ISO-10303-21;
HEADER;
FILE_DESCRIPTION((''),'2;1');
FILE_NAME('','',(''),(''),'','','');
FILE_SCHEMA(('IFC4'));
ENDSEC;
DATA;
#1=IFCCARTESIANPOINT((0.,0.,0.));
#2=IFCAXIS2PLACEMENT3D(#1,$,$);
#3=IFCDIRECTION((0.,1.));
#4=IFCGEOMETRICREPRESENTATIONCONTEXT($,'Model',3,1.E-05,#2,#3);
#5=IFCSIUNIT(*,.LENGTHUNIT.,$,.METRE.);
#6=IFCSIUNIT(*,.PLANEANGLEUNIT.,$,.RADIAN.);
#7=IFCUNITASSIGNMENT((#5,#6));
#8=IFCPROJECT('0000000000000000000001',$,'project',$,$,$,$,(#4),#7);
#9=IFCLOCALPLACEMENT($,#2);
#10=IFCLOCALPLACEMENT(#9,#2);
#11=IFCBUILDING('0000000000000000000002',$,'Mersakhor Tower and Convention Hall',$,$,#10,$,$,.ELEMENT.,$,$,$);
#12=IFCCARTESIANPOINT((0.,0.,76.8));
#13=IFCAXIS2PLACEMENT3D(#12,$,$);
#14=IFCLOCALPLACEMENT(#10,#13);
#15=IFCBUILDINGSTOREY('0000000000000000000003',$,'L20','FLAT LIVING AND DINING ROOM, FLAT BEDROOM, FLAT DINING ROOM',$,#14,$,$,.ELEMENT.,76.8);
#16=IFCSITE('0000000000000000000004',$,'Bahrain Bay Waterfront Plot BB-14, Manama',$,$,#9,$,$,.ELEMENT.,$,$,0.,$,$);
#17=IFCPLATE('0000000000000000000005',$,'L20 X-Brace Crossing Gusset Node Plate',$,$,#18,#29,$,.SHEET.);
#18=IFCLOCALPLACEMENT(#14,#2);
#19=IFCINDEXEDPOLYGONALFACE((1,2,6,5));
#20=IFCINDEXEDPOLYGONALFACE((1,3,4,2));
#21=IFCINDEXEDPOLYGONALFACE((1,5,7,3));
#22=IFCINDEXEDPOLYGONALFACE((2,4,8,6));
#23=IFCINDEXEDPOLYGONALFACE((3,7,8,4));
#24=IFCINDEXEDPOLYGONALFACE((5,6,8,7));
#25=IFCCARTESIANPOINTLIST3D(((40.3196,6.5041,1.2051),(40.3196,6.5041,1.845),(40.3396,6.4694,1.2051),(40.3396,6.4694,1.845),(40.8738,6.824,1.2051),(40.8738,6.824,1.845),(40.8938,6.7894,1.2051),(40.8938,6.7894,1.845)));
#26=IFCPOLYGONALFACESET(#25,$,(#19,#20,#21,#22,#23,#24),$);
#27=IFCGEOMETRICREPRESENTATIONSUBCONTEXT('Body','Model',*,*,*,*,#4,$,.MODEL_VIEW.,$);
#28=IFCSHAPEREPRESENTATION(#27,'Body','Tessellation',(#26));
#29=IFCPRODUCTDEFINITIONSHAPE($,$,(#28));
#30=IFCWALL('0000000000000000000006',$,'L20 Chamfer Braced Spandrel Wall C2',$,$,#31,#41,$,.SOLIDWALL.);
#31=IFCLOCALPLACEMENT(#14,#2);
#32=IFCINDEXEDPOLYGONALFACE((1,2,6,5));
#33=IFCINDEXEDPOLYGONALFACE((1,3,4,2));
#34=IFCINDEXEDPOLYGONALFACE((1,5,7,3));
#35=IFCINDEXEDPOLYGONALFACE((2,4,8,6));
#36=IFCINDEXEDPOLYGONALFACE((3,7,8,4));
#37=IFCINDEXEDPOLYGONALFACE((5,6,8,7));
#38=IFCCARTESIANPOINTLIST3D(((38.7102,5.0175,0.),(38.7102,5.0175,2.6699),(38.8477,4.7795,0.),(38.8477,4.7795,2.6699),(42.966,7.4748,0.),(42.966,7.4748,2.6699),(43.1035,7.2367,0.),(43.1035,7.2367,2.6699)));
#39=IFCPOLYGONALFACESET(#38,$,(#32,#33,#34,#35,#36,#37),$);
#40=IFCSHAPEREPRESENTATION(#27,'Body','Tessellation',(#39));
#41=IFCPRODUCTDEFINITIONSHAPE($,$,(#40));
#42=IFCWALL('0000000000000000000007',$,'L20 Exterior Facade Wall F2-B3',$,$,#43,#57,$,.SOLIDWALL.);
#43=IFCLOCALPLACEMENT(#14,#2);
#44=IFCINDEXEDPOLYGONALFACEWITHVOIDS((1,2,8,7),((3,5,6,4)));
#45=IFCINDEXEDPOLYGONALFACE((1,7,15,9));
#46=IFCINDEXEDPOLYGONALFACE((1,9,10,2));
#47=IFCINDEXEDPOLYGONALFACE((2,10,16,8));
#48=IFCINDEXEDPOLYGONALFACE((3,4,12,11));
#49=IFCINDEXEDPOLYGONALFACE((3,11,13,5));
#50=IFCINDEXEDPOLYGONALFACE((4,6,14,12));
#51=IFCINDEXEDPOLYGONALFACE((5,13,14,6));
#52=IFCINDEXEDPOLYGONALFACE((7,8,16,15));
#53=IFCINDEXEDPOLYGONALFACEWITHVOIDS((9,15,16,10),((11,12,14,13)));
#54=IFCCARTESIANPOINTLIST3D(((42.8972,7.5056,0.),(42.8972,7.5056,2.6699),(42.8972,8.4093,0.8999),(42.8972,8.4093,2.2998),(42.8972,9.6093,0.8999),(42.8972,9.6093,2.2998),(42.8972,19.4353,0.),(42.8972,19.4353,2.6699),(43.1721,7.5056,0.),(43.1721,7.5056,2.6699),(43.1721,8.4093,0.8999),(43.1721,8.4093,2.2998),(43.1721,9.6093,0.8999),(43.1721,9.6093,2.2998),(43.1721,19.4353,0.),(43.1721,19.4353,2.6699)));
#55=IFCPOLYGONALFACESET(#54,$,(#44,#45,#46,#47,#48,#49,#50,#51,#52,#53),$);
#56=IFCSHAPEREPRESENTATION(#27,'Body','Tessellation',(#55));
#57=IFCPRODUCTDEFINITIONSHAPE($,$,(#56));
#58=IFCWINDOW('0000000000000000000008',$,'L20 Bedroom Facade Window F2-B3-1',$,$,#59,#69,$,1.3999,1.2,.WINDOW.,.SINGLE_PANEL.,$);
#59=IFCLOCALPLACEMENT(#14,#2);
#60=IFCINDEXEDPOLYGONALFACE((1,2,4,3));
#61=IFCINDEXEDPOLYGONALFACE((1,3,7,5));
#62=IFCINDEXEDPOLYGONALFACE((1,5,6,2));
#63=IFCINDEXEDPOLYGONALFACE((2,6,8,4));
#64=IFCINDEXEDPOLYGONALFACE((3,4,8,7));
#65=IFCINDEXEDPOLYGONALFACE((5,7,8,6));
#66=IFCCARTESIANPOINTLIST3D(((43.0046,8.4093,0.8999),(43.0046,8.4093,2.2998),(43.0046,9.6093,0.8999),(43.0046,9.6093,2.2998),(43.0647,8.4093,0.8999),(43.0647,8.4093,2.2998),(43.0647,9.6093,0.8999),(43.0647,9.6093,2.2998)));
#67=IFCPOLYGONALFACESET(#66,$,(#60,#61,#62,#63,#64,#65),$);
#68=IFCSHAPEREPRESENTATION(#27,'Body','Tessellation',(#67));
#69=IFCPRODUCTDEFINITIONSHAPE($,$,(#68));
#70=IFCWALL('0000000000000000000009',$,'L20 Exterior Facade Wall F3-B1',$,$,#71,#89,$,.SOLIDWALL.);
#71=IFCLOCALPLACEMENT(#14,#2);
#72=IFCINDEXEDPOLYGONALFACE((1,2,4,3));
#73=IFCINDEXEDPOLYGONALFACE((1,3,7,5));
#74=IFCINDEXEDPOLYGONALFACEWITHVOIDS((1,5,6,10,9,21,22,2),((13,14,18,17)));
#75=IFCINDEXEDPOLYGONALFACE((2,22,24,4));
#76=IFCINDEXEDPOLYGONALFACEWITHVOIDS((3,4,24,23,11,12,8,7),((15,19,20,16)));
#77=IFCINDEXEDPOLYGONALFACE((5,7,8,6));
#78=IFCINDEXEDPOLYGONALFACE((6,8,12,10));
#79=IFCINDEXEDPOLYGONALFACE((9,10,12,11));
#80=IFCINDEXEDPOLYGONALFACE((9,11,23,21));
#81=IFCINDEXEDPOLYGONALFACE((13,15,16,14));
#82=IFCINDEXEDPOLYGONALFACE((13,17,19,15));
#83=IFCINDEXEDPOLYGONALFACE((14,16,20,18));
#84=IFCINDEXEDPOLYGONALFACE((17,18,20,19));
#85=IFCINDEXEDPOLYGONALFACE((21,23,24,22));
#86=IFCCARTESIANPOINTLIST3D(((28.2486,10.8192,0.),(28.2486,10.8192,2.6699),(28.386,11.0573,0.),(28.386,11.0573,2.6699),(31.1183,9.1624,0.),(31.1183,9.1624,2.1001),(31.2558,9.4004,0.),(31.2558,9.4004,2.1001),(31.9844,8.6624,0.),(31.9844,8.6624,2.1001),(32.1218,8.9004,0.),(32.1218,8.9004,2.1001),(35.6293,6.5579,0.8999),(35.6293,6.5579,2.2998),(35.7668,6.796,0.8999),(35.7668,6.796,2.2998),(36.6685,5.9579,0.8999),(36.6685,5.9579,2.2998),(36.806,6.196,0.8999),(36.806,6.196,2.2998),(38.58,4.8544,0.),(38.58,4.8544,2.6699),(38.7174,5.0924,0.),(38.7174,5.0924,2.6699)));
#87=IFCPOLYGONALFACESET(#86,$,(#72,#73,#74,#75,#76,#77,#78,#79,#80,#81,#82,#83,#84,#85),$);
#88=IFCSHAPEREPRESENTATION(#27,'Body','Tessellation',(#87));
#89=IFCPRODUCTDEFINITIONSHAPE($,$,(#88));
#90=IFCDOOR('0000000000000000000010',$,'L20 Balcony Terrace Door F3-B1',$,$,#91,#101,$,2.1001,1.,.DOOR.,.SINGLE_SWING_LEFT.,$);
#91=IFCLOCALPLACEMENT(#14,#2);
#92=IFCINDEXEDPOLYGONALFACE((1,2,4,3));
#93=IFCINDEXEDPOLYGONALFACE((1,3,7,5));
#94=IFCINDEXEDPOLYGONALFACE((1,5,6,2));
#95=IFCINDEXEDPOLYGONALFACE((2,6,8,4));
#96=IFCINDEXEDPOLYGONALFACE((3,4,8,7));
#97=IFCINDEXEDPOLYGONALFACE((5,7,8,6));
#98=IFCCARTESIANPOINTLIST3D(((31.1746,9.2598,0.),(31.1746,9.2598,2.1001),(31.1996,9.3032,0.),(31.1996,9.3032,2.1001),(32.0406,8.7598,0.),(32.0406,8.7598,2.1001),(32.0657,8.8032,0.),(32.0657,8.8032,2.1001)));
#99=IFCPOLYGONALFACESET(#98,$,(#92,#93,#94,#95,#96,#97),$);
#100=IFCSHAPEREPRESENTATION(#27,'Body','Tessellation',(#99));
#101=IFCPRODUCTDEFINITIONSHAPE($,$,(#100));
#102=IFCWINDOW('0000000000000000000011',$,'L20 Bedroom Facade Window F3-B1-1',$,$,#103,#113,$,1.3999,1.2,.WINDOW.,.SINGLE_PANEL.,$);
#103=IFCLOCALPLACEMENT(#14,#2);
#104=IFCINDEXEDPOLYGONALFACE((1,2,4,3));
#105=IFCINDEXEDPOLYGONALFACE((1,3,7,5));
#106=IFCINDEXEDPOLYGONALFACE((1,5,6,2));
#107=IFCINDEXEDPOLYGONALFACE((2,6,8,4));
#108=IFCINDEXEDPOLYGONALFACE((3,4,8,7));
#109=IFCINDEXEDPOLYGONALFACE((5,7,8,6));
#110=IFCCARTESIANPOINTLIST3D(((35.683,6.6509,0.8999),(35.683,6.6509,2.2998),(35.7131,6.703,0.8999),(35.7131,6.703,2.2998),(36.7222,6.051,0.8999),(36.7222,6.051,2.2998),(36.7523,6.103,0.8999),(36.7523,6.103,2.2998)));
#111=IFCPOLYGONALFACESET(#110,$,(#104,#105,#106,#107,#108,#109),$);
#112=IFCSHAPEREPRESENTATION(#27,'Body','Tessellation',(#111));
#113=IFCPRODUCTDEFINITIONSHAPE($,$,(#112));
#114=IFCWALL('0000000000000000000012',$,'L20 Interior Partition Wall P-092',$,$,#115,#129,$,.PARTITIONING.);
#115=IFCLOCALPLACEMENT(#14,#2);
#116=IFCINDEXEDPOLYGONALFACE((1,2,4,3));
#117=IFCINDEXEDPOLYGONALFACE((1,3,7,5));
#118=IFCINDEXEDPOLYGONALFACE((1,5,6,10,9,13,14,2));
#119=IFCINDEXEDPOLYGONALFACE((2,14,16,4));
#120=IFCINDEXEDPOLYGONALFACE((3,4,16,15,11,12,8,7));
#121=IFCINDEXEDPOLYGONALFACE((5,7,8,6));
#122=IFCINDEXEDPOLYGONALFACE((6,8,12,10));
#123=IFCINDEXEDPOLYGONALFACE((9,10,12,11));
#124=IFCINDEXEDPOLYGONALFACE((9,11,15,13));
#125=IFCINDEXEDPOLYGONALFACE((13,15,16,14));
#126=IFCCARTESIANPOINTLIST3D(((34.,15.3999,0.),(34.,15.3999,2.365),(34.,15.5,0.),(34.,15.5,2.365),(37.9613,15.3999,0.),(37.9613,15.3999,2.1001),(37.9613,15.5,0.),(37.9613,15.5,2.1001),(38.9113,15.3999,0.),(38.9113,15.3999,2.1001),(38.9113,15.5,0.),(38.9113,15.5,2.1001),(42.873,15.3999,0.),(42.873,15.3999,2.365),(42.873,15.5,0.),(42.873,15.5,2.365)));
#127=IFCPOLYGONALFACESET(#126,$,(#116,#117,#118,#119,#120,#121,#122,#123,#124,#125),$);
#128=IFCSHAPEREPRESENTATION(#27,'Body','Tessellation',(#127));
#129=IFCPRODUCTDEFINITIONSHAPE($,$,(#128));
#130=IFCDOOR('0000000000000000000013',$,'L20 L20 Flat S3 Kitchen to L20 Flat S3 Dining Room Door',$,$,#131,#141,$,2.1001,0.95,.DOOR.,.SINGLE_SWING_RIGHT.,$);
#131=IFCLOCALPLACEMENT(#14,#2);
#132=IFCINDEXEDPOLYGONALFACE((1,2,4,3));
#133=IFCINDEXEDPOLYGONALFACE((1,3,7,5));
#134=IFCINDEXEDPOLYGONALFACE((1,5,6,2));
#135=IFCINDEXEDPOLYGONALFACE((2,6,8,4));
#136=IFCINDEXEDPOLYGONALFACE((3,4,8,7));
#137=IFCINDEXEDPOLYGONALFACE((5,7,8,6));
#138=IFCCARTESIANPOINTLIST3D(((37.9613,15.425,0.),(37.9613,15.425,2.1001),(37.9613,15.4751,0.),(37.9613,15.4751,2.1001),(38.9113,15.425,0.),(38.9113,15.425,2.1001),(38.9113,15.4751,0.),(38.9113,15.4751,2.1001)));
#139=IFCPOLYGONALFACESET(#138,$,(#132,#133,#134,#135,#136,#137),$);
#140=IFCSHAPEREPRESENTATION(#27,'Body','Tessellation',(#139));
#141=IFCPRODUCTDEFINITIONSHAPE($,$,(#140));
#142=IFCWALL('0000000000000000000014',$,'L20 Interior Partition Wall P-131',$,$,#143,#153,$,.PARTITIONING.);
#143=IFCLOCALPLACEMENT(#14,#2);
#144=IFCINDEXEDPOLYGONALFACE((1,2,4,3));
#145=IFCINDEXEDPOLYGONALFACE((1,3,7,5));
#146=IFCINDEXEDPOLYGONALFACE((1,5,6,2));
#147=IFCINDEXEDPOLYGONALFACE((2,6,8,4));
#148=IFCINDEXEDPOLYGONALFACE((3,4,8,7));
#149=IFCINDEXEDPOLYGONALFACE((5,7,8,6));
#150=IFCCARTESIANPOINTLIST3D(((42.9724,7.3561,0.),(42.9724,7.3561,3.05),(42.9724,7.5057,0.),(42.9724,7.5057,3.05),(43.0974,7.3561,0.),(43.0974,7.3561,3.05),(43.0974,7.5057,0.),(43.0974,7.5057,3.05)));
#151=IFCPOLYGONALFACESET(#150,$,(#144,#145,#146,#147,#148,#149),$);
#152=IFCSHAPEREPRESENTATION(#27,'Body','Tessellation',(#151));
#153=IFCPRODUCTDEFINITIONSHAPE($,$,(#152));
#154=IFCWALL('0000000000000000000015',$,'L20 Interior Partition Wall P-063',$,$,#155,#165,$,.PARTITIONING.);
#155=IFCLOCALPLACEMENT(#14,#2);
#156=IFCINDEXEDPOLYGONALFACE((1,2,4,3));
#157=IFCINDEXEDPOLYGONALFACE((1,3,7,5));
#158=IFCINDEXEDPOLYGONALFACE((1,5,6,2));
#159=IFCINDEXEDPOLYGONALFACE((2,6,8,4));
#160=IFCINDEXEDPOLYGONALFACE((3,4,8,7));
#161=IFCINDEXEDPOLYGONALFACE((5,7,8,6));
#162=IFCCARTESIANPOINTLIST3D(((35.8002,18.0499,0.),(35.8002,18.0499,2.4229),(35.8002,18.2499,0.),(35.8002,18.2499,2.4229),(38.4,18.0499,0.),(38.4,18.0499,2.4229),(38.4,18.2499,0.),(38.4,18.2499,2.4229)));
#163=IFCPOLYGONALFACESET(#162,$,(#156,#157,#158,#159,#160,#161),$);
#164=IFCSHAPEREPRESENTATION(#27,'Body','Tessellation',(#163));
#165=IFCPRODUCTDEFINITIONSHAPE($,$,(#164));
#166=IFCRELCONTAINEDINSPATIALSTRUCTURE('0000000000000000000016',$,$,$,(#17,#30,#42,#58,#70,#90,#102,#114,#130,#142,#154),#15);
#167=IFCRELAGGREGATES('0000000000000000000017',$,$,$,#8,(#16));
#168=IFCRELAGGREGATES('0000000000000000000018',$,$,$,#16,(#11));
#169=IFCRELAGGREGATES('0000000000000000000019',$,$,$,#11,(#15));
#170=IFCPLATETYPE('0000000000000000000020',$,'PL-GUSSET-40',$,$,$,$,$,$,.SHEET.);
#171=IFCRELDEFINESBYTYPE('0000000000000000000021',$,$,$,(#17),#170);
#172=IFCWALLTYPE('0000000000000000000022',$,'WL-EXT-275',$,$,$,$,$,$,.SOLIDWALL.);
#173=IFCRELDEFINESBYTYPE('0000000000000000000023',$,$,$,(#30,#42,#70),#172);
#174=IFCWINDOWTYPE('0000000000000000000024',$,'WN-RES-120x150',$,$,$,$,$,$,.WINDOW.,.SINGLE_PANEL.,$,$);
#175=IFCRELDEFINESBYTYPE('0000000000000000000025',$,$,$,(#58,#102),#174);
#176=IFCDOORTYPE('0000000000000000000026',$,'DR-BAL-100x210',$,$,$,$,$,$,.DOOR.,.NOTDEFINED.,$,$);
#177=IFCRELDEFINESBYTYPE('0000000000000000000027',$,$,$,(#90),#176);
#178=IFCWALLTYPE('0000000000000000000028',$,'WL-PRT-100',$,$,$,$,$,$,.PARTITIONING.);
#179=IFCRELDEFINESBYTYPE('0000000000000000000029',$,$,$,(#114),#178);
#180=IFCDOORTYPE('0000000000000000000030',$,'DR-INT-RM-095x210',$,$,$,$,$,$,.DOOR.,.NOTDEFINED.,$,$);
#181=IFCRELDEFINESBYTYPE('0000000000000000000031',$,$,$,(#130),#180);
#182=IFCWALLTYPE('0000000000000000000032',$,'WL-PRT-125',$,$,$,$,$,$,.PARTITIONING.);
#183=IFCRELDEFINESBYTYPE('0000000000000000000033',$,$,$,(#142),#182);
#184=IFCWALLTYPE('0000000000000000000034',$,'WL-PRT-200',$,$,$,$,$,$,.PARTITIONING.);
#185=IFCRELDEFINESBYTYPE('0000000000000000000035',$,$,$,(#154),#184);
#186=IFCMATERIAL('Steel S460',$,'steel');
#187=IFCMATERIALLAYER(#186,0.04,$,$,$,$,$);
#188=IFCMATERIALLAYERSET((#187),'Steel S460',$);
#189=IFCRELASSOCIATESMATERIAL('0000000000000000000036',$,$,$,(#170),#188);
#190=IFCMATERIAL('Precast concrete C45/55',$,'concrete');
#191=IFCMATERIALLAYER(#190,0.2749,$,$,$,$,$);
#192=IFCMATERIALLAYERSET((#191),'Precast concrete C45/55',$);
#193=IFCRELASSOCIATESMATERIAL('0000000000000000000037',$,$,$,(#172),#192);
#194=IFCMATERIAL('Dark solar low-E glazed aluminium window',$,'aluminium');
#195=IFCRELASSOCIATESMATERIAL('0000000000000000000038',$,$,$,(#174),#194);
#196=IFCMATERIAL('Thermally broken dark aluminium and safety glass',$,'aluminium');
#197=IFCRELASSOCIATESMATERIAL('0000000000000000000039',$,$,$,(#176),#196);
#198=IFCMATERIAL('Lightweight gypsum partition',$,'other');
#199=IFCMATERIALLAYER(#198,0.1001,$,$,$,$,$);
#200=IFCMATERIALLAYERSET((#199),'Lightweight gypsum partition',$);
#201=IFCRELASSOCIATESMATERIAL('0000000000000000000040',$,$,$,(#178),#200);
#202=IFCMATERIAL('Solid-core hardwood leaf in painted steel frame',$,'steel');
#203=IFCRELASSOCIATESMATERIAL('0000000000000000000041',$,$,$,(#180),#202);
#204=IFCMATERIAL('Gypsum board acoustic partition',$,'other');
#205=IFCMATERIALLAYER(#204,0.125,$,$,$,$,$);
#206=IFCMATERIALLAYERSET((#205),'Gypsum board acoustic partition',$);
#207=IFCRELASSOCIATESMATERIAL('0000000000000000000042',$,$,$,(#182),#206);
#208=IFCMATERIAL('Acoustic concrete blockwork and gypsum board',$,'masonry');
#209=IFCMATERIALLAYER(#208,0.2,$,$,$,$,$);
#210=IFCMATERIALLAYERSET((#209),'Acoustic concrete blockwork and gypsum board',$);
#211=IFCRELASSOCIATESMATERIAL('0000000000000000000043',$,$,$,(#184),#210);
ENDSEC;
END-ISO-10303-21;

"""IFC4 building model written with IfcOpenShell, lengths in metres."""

from ifc_helpers import new_model, si_unit, direction, frame, frame_2d, origin, origin_2d, place, context, subcontext, project, spatial, rectangle, extrude, material, layer, layer_set, type_object, element, fill, save


model = new_model("IFC4")

# Units and contexts
model_context = context("Model", 3, precision=1e-05, world=origin(), true_north=direction((0.0, 1.0)))
body_context = subcontext(model_context, "Body", "Model", "MODEL_VIEW")
ifc_project = project(units=[si_unit("LENGTHUNIT", "METRE"), si_unit("PLANEANGLEUNIT", "RADIAN")], contexts=[model_context])

# Site, building, storey
site_placement = place(None, origin())
site = spatial("IfcSite", under=ifc_project, at=site_placement, Name="Bahrain Bay Waterfront Plot BB-14, Manama", CompositionType="ELEMENT", RefElevation=0.0)
building_placement = place(site_placement, origin())
building = spatial("IfcBuilding", under=site, at=building_placement, Name="Mersakhor Tower and Convention Hall", CompositionType="ELEMENT")
storey_placement = place(building_placement, frame((0.0, 0.0, 76.8)))
storey = spatial("IfcBuildingStorey", under=building, at=storey_placement, Name="L20", Description="FLAT LIVING AND DINING ROOM, FLAT BEDROOM, FLAT DINING ROOM", CompositionType="ELEMENT", Elevation=76.8)

# Plate
ifc_material_1 = material(Name="Steel S460", Category="steel")
ifc_layer_1 = layer(ifc_material_1, 0.04)
ifc_layer_set_1 = layer_set([ifc_layer_1], Name="Steel S460")
plate_type_1 = type_object("IfcPlateType", Name="PL-GUSSET-40", PredefinedType="SHEET", material=ifc_layer_set_1)
plate_1_placement = place(storey_placement, frame((40.6067, 6.6467, 1.2051), z_axis=(0.0, 0.0, 1.0), x_axis=(0.866025, 0.5, 0.0)))
element("IfcPlate", 1, at=plate_1_placement, inside=storey, type_object=plate_type_1, Name="L20 X-Brace Crossing Gusset Node Plate", PredefinedType="SHEET", context=body_context, shape_type="SweptSolid", body=[
    extrude(rectangle(XDim=0.6399, YDim=0.04, at=origin_2d()), origin(), (0.0, 0.0, 1.0), 0.6399),
])

# Wall
ifc_material_2 = material(Name="Precast concrete C45/55", Category="concrete")
ifc_layer_2 = layer(ifc_material_2, 0.2749)
ifc_layer_set_2 = layer_set([ifc_layer_2], Name="Precast concrete C45/55")
wall_type_1 = type_object("IfcWallType", Name="WL-EXT-275", PredefinedType="SOLIDWALL", material=ifc_layer_set_2)
wall_1_placement = place(storey_placement, frame((43.0347, 7.3557, 0.0), z_axis=(0.0, 0.0, 1.0), x_axis=(-0.866012, -0.500023, 0.0)))
element("IfcWall", 2, at=wall_1_placement, inside=storey, type_object=wall_type_1, Name="L20 Chamfer Braced Spandrel Wall C2", PredefinedType="SOLIDWALL", context=body_context, shape_type="SweptSolid", body=[
    extrude(rectangle(XDim=4.9143, YDim=0.2749, at=frame_2d((2.457, 0.0))), origin(), (0.0, 0.0, 1.0), 2.6699),
])

# Wall, opening, window
wall_2_placement = place(storey_placement, frame((43.0347, 19.4353, 0.0), z_axis=(0.0, 0.0, 1.0), x_axis=(0.0, -1.0, 0.0)))
wall_2 = element("IfcWall", 3, at=wall_2_placement, inside=storey, type_object=wall_type_1, Name="L20 Exterior Facade Wall F2-B3", PredefinedType="SOLIDWALL", context=body_context, shape_type="SweptSolid", body=[
    extrude(rectangle(XDim=11.9297, YDim=0.2749, at=frame_2d((5.9648, 0.0))), origin(), (0.0, 0.0, 1.0), 2.6699),
])
opening_1_placement = place(wall_2_placement, frame((9.8259, 0.0, 0.8999)))
opening_1 = element("IfcOpeningElement", 4, at=opening_1_placement, cuts=wall_2, PredefinedType="OPENING", context=body_context, shape_type="SweptSolid", body=[
    extrude(rectangle(XDim=1.2, YDim=1.3999, at=frame_2d((0.6001, 0.7))), frame((0.0, 0.1475, 0.0), z_axis=(0.0, -1.0, 0.0), x_axis=(1.0, 0.0, 0.0)), (0.0, 0.0, 1.0), 0.2949),
])
ifc_material_3 = material(Name="Dark solar low-E glazed aluminium window", Category="aluminium")
window_type = type_object("IfcWindowType", Name="WN-RES-120x150", PartitioningType="SINGLE_PANEL", PredefinedType="WINDOW", material=ifc_material_3)
window_1_placement = place(opening_1_placement, origin())
window_1 = element("IfcWindow", 5, at=window_1_placement, inside=storey, type_object=window_type, Name="L20 Bedroom Facade Window F2-B3-1", OverallHeight=1.3999, OverallWidth=1.2, PartitioningType="SINGLE_PANEL", PredefinedType="WINDOW", context=body_context, shape_type="SweptSolid", body=[
    extrude(rectangle(XDim=1.2, YDim=1.3999, at=frame_2d((0.6001, 0.7))), frame((0.0, 0.03, 0.0), z_axis=(0.0, -1.0, 0.0), x_axis=(1.0, 0.0, 0.0)), (0.0, 0.0, 1.0), 0.0601),
])
fill(opening_1, window_1)

# Wall, openings, door, window
wall_3_placement = place(storey_placement, frame((38.6487, 4.9734, 0.0), z_axis=(0.0, 0.0, 1.0), x_axis=(-0.866023, 0.500004, 0.0)))
wall_3 = element("IfcWall", 6, at=wall_3_placement, inside=storey, type_object=wall_type_1, Name="L20 Exterior Facade Wall F3-B1", PredefinedType="SOLIDWALL", context=body_context, shape_type="SweptSolid", body=[
    extrude(rectangle(XDim=11.9297, YDim=0.2749, at=frame_2d((5.9648, 0.0))), origin(), (0.0, 0.0, 1.0), 2.6699),
])
opening_2_placement = place(wall_3_placement, frame((7.616, 0.0, 0.0)))
opening_2 = element("IfcOpeningElement", 7, at=opening_2_placement, cuts=wall_3, PredefinedType="OPENING", context=body_context, shape_type="SweptSolid", body=[
    extrude(rectangle(XDim=1.0, YDim=2.1001, at=frame_2d((0.5, 1.05))), frame((0.0, 0.1475, 0.0), z_axis=(0.0, -1.0, 0.0), x_axis=(1.0, 0.0, 0.0)), (0.0, 0.0, 1.0), 0.2949),
])
opening_3_placement = place(wall_3_placement, frame((2.207, 0.0, 0.8999)))
opening_3 = element("IfcOpeningElement", 8, at=opening_3_placement, cuts=wall_3, PredefinedType="OPENING", context=body_context, shape_type="SweptSolid", body=[
    extrude(rectangle(XDim=1.2, YDim=1.3999, at=frame_2d((0.6001, 0.7))), frame((0.0, 0.1475, 0.0), z_axis=(0.0, -1.0, 0.0), x_axis=(1.0, 0.0, 0.0)), (0.0, 0.0, 1.0), 0.2949),
])
ifc_material_4 = material(Name="Thermally broken dark aluminium and safety glass", Category="aluminium")
door_type_1 = type_object("IfcDoorType", Name="DR-BAL-100x210", OperationType="NOTDEFINED", PredefinedType="DOOR", material=ifc_material_4)
door_1_placement = place(opening_2_placement, origin())
door_1 = element("IfcDoor", 9, at=door_1_placement, inside=storey, type_object=door_type_1, Name="L20 Balcony Terrace Door F3-B1", OperationType="SINGLE_SWING_LEFT", OverallHeight=2.1001, OverallWidth=1.0, PredefinedType="DOOR", context=body_context, shape_type="SweptSolid", body=[
    extrude(rectangle(XDim=1.0, YDim=2.1001, at=frame_2d((0.5, 1.05))), frame((0.0, 0.0249, 0.0), z_axis=(0.0, -1.0, 0.0), x_axis=(1.0, 0.0, 0.0)), (0.0, 0.0, 1.0), 0.05),
])
fill(opening_2, door_1)
window_2_placement = place(opening_3_placement, origin())
window_2 = element("IfcWindow", 10, at=window_2_placement, inside=storey, type_object=window_type, Name="L20 Bedroom Facade Window F3-B1-1", OverallHeight=1.3999, OverallWidth=1.2, PartitioningType="SINGLE_PANEL", PredefinedType="WINDOW", context=body_context, shape_type="SweptSolid", body=[
    extrude(rectangle(XDim=1.2, YDim=1.3999, at=frame_2d((0.6001, 0.7))), frame((0.0, 0.03, 0.0), z_axis=(0.0, -1.0, 0.0), x_axis=(1.0, 0.0, 0.0)), (0.0, 0.0, 1.0), 0.0601),
])
fill(opening_3, window_2)

# Wall, opening, door
ifc_material_5 = material(Name="Lightweight gypsum partition", Category="other")
ifc_layer_3 = layer(ifc_material_5, 0.1001)
ifc_layer_set_3 = layer_set([ifc_layer_3], Name="Lightweight gypsum partition")
wall_type_2 = type_object("IfcWallType", Name="WL-PRT-100", PredefinedType="PARTITIONING", material=ifc_layer_set_3)
wall_4_placement = place(storey_placement, frame((42.873, 15.45, 0.0), z_axis=(0.0, 0.0, 1.0), x_axis=(-1.0, 0.0, 0.0)))
wall_4 = element("IfcWall", 11, at=wall_4_placement, inside=storey, type_object=wall_type_2, Name="L20 Interior Partition Wall P-092", PredefinedType="PARTITIONING", context=body_context, shape_type="SweptSolid", body=[
    extrude(rectangle(XDim=8.873, YDim=0.1001, at=frame_2d((4.4365, 0.0))), origin(), (0.0, 0.0, 1.0), 2.365),
])
opening_4_placement = place(wall_4_placement, frame((3.9617, 0.0, 0.0)))
opening_4 = element("IfcOpeningElement", 12, at=opening_4_placement, cuts=wall_4, PredefinedType="OPENING", context=body_context, shape_type="SweptSolid", body=[
    extrude(rectangle(XDim=0.95, YDim=2.1001, at=frame_2d((0.4751, 1.05))), frame((0.0, 0.0601, 0.0), z_axis=(0.0, -1.0, 0.0), x_axis=(1.0, 0.0, 0.0)), (0.0, 0.0, 1.0), 0.1201),
])
ifc_material_6 = material(Name="Solid-core hardwood leaf in painted steel frame", Category="steel")
door_type_2 = type_object("IfcDoorType", Name="DR-INT-RM-095x210", OperationType="NOTDEFINED", PredefinedType="DOOR", material=ifc_material_6)
door_2_placement = place(opening_4_placement, origin())
door_2 = element("IfcDoor", 13, at=door_2_placement, inside=storey, type_object=door_type_2, Name="L20 L20 Flat S3 Kitchen to L20 Flat S3 Dining Room Door", OperationType="SINGLE_SWING_RIGHT", OverallHeight=2.1001, OverallWidth=0.95, PredefinedType="DOOR", context=body_context, shape_type="SweptSolid", body=[
    extrude(rectangle(XDim=0.95, YDim=2.1001, at=frame_2d((0.4751, 1.05))), frame((0.0, 0.0249, 0.0), z_axis=(0.0, -1.0, 0.0), x_axis=(1.0, 0.0, 0.0)), (0.0, 0.0, 1.0), 0.05),
])
fill(opening_4, door_2)

# Wall
ifc_material_7 = material(Name="Gypsum board acoustic partition", Category="other")
ifc_layer_4 = layer(ifc_material_7, 0.125)
ifc_layer_set_4 = layer_set([ifc_layer_4], Name="Gypsum board acoustic partition")
wall_type_3 = type_object("IfcWallType", Name="WL-PRT-125", PredefinedType="PARTITIONING", material=ifc_layer_set_4)
wall_5_placement = place(storey_placement, frame((43.0349, 7.5056, 0.0), z_axis=(0.0, 0.0, 1.0), x_axis=(0.0, -1.0, 0.0)))
element("IfcWall", 14, at=wall_5_placement, inside=storey, type_object=wall_type_3, Name="L20 Interior Partition Wall P-131", PredefinedType="PARTITIONING", context=body_context, shape_type="SweptSolid", body=[
    extrude(rectangle(XDim=0.1497, YDim=0.125, at=frame_2d((0.0747, 0.0))), origin(), (0.0, 0.0, 1.0), 3.05),
])

# Shared definitions
ifc_material_8 = material(Name="Acoustic concrete blockwork and gypsum board", Category="masonry")
ifc_layer_5 = layer(ifc_material_8, 0.2)
ifc_layer_set_5 = layer_set([ifc_layer_5], Name="Acoustic concrete blockwork and gypsum board")
wall_type_4 = type_object("IfcWallType", Name="WL-PRT-200", PredefinedType="PARTITIONING", material=ifc_layer_set_5)

# Wall
wall_6_placement = place(storey_placement, frame((38.3999, 18.1499, 0.0), z_axis=(0.0, 0.0, 1.0), x_axis=(-1.0, 0.0, 0.0)))
element("IfcWall", 15, at=wall_6_placement, inside=storey, type_object=wall_type_4, Name="L20 Interior Partition Wall P-063", PredefinedType="PARTITIONING", context=body_context, shape_type="SweptSolid", body=[
    extrude(rectangle(XDim=2.5999, YDim=0.2, at=frame_2d((1.2998, 0.0))), origin(), (0.0, 0.0, 1.0), 2.4229),
])

save(model, "model.ifc")
